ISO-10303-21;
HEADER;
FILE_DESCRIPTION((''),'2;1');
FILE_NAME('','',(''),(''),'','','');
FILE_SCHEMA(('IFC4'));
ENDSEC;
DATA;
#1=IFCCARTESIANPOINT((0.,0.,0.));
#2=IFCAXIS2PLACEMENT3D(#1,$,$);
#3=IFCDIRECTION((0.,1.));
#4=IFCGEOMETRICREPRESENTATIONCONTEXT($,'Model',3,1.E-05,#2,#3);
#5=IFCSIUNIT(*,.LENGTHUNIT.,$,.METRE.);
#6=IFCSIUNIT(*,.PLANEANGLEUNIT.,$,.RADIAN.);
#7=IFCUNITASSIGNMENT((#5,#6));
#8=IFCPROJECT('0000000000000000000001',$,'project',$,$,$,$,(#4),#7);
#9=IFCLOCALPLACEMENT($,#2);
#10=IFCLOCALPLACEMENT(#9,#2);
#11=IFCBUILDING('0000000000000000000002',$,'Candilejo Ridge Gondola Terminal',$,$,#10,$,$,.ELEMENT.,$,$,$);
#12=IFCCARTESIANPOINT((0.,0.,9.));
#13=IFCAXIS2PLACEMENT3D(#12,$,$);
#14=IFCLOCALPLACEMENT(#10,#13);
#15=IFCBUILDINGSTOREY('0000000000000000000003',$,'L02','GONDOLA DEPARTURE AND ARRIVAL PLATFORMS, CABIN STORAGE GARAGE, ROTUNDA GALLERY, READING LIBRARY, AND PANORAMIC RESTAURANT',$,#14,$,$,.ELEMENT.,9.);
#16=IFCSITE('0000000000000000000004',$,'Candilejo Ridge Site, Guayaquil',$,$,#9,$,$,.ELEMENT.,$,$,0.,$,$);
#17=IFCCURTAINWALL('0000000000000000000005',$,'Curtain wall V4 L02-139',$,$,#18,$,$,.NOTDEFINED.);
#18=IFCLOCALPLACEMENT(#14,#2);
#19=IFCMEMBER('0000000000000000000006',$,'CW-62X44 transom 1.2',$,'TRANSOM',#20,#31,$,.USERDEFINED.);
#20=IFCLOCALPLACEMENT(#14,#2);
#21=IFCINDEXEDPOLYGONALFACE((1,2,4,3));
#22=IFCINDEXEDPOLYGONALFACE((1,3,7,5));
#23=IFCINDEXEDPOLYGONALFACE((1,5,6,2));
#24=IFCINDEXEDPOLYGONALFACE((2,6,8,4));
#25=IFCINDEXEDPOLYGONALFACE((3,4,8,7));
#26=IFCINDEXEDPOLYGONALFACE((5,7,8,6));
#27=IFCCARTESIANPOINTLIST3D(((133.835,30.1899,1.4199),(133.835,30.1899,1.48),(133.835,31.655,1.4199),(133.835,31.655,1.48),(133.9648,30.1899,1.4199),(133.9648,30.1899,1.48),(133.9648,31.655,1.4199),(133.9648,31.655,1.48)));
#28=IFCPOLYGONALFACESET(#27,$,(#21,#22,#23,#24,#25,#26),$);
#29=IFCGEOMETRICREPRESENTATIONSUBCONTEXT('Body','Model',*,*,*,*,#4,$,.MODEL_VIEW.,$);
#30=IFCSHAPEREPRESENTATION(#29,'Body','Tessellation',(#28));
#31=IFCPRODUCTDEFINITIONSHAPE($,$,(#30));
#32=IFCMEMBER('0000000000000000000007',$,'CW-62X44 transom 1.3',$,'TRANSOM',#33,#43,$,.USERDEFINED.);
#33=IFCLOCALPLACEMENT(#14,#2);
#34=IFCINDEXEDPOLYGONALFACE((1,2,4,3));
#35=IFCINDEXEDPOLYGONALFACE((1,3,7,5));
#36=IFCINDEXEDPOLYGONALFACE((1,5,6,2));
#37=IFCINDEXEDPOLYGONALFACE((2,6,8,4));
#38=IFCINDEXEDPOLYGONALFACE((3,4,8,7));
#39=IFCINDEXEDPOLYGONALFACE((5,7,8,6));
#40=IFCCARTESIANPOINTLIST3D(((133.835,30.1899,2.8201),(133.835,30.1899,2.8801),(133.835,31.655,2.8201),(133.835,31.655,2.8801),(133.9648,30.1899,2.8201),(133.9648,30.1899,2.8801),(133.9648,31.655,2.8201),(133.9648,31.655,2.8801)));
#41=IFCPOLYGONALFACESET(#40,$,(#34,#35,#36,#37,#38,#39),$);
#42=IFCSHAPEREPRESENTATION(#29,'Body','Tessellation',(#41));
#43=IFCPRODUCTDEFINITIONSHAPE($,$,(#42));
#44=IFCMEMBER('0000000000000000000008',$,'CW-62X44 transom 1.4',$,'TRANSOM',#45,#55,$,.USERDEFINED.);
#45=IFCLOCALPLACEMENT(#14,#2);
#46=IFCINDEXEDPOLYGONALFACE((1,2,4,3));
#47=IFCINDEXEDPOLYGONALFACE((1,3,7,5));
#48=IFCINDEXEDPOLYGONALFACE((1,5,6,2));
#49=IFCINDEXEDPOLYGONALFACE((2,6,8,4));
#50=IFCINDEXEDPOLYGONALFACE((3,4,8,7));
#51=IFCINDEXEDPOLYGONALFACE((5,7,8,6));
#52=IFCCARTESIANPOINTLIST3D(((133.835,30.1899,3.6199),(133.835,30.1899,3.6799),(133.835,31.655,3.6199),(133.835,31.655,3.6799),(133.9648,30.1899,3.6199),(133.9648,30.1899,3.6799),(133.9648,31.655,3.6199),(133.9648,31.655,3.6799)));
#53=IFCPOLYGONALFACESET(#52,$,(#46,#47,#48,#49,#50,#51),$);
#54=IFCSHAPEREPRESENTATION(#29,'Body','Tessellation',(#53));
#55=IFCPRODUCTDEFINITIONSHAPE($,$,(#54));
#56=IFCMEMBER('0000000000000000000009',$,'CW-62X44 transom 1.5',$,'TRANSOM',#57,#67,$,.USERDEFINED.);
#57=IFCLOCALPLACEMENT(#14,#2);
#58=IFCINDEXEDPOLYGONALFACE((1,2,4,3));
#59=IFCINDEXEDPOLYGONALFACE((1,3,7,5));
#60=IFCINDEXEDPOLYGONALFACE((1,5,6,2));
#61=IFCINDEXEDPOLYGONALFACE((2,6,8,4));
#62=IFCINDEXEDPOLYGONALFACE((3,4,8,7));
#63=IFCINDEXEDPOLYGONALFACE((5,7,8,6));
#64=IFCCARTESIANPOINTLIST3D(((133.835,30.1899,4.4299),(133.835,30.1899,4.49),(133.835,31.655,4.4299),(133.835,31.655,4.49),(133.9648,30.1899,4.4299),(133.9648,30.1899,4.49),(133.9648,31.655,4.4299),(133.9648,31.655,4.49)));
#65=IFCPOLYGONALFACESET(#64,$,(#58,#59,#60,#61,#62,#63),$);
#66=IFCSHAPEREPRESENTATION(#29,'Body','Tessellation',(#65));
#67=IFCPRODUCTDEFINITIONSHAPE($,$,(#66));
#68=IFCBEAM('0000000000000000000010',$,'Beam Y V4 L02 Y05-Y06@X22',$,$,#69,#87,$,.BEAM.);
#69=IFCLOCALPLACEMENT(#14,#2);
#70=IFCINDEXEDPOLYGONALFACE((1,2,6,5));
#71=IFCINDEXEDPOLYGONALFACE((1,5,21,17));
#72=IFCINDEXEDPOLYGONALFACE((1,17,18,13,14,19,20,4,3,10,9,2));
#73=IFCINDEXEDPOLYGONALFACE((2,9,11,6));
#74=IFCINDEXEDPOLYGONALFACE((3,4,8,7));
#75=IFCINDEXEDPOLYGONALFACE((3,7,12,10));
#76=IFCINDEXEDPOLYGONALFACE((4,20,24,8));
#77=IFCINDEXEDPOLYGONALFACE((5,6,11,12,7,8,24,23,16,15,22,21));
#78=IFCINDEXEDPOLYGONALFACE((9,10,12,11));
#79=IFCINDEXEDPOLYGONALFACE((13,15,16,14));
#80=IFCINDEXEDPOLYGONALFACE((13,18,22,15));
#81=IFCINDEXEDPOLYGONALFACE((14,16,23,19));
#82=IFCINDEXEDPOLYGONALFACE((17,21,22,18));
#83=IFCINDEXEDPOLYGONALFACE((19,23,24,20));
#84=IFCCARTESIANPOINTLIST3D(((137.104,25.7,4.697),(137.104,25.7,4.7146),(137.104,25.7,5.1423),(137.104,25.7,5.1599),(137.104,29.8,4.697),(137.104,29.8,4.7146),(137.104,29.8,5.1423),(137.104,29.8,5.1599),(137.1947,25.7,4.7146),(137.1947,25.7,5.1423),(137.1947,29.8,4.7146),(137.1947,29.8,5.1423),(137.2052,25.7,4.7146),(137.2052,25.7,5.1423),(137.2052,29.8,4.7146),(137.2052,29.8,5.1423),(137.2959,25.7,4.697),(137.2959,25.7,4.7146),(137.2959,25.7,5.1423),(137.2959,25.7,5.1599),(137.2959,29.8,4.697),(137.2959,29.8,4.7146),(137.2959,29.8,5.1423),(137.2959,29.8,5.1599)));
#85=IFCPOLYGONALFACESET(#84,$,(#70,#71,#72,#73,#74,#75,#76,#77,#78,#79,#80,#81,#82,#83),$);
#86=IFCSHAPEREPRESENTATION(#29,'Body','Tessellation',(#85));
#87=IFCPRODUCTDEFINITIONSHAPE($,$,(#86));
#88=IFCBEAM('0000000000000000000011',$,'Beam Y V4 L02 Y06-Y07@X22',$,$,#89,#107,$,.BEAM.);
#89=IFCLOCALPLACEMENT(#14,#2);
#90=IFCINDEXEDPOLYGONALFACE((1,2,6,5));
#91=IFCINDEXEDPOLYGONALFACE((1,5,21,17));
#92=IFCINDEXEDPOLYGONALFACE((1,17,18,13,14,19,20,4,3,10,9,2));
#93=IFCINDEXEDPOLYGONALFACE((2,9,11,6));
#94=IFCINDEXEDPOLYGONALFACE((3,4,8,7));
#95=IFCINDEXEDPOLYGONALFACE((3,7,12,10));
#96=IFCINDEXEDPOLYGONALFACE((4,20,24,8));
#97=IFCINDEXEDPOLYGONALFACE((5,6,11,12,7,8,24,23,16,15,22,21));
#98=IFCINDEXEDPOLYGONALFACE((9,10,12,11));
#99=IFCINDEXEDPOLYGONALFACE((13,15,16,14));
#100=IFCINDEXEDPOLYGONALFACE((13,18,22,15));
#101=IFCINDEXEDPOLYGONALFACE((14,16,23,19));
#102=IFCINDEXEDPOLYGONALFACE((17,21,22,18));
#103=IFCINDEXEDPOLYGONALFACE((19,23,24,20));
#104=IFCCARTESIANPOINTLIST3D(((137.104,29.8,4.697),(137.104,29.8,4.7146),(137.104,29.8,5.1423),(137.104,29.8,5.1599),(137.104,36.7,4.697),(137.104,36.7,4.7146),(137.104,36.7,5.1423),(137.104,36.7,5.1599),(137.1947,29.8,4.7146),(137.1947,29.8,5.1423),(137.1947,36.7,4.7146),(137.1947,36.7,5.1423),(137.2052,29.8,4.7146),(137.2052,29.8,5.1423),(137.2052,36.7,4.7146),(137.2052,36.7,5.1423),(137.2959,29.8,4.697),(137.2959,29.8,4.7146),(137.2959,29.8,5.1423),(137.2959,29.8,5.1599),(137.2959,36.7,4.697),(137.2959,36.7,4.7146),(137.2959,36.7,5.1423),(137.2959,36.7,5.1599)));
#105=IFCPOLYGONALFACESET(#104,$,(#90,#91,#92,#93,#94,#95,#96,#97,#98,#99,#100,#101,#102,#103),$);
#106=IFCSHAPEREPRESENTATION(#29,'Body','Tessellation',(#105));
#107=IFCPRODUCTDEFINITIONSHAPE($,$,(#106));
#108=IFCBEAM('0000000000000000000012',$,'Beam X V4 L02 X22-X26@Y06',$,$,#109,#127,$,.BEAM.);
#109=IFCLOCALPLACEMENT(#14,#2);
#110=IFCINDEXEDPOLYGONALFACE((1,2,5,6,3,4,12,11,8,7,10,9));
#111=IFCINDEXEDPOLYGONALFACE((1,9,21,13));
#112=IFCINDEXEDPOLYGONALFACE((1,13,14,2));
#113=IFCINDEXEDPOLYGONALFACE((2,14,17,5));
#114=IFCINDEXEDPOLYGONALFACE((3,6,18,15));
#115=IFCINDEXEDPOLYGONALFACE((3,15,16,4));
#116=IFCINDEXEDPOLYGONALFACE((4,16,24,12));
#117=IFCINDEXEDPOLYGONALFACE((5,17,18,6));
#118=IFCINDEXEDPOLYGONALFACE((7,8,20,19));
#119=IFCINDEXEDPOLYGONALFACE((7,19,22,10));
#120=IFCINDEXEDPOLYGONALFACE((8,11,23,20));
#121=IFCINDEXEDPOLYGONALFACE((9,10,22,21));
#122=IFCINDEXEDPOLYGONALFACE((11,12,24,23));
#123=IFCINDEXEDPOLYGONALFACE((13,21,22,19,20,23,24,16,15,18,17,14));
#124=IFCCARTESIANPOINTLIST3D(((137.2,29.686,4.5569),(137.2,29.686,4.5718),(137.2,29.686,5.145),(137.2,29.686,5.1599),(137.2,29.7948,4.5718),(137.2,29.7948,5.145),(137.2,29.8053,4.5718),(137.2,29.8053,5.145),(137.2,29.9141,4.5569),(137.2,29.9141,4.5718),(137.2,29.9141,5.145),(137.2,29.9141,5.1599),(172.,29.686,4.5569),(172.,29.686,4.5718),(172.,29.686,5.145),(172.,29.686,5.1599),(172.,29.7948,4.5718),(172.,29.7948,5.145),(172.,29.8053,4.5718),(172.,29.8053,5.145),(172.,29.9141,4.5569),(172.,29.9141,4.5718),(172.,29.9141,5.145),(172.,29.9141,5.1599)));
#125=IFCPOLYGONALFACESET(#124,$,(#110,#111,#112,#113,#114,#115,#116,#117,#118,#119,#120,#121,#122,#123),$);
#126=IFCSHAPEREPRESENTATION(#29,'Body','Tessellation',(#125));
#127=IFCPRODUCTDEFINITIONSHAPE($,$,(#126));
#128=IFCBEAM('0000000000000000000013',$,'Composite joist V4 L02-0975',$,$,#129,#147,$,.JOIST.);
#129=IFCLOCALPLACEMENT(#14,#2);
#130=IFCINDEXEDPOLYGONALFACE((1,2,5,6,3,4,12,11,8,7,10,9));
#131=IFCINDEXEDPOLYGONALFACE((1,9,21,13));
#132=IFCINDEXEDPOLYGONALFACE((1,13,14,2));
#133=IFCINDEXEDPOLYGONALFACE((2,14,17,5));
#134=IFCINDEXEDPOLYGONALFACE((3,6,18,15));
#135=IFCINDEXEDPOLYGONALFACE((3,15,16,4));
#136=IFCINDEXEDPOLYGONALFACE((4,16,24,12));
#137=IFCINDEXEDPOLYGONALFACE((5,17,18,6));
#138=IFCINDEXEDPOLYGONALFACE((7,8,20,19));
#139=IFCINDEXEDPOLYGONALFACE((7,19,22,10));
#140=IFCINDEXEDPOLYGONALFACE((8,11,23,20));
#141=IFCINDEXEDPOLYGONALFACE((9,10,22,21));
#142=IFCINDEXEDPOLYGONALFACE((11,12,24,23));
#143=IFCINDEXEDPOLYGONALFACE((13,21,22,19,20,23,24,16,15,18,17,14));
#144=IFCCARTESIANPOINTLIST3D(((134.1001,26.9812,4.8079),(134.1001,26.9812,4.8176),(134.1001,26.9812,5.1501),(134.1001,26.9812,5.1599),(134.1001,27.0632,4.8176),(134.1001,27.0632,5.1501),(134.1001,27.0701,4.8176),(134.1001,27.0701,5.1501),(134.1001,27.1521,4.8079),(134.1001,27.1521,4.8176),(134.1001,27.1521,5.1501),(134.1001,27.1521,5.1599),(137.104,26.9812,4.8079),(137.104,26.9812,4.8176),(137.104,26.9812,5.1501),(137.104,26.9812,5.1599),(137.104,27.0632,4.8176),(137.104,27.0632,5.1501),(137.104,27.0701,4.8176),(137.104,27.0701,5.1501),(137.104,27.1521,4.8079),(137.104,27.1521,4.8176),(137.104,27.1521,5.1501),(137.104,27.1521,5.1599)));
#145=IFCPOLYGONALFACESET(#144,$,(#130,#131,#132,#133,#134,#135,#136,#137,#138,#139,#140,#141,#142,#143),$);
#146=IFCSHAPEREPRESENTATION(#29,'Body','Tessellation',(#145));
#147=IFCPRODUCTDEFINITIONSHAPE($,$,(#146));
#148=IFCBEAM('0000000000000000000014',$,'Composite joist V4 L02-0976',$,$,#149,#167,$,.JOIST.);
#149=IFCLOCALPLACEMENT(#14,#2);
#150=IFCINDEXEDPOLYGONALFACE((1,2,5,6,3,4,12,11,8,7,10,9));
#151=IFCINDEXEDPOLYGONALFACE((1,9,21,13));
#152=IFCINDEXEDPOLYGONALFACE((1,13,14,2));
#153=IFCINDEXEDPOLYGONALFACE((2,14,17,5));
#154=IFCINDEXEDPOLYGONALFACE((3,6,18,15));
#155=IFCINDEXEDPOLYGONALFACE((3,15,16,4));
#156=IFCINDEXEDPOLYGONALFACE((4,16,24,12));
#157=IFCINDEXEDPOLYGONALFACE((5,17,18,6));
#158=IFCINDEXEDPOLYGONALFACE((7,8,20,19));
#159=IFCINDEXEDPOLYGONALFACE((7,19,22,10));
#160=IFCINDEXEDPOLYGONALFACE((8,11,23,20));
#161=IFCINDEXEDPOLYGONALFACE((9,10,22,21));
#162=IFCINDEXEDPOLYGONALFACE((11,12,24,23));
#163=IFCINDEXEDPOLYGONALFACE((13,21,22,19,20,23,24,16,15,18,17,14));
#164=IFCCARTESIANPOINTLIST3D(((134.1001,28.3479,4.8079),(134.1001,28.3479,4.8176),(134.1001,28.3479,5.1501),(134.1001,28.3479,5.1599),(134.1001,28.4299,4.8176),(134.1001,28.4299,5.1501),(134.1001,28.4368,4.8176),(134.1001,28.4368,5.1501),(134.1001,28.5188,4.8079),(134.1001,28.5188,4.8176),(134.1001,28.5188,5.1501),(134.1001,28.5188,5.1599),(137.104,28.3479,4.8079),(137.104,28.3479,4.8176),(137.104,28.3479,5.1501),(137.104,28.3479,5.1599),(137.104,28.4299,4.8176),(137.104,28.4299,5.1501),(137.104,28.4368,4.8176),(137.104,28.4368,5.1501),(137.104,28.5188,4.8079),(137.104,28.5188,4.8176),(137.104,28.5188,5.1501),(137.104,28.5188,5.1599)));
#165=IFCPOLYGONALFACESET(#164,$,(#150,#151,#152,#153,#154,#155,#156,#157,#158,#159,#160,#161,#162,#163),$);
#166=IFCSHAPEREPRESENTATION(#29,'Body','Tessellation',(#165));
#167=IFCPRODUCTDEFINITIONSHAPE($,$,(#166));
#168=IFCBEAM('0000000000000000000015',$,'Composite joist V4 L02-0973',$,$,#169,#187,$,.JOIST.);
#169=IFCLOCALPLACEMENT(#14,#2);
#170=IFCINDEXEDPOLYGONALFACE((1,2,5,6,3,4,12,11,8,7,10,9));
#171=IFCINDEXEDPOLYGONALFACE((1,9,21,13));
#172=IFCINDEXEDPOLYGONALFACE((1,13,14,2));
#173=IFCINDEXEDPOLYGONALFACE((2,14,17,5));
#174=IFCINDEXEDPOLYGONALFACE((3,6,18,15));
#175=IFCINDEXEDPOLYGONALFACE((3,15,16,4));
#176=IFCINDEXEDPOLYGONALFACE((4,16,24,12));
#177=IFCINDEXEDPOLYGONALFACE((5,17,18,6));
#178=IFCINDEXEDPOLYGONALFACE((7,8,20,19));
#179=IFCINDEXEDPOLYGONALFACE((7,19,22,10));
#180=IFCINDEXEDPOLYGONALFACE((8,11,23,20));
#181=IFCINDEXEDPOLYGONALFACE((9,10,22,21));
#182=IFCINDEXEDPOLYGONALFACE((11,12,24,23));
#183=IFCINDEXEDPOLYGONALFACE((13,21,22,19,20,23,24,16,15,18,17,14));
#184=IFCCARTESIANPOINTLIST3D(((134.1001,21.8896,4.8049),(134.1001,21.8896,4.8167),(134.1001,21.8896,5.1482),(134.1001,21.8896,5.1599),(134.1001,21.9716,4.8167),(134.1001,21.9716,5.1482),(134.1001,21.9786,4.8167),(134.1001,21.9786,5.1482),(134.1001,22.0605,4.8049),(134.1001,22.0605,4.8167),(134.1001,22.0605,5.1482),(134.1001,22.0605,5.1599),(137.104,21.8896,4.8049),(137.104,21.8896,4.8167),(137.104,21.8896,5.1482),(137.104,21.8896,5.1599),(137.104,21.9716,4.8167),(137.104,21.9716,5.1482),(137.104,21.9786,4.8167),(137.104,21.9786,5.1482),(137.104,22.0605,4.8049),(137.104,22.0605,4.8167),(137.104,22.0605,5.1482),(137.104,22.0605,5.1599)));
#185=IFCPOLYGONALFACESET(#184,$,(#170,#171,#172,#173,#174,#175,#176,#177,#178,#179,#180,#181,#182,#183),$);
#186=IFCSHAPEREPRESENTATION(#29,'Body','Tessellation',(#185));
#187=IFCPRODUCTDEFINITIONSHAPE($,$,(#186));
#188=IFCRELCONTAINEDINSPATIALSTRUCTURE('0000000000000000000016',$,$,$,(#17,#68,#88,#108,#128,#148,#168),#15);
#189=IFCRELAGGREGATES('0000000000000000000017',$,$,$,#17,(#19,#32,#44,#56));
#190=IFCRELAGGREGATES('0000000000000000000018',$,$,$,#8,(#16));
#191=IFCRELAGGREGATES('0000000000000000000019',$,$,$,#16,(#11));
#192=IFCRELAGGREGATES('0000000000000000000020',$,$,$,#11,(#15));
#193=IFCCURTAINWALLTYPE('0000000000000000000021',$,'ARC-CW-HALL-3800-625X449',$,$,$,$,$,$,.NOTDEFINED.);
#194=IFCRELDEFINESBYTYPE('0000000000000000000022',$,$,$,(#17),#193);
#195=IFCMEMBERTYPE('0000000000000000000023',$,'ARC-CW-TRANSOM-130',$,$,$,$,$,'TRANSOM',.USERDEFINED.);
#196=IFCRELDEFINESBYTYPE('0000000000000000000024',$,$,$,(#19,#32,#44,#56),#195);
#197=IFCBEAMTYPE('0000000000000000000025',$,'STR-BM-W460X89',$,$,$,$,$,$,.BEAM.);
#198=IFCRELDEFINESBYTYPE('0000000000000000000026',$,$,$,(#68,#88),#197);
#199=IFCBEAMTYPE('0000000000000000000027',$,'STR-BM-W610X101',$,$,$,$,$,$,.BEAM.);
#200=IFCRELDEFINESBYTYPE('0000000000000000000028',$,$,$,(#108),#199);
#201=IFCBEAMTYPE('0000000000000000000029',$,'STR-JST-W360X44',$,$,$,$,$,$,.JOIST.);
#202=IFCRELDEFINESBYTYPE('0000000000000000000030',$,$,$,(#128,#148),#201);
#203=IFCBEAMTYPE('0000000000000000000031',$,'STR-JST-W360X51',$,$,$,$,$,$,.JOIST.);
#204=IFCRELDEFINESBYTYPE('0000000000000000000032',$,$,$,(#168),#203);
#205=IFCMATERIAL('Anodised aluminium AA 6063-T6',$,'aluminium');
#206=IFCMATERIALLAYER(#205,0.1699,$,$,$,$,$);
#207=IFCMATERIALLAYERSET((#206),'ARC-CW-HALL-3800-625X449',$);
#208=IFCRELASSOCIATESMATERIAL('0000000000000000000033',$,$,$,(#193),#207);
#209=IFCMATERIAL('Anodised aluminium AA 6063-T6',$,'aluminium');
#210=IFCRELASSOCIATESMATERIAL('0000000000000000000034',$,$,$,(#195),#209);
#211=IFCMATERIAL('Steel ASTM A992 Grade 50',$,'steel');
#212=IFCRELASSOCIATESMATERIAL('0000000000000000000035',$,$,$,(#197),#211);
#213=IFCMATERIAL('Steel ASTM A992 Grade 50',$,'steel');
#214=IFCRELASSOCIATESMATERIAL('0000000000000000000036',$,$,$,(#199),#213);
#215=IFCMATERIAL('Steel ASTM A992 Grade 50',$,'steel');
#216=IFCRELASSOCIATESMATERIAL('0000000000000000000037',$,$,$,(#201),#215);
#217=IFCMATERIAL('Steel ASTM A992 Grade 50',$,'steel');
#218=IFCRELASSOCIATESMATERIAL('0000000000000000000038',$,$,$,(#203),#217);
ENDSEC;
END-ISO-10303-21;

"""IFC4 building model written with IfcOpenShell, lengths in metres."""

from ifc_helpers import new_model, si_unit, direction, frame, origin, origin_2d, place, context, subcontext, project, spatial, rectangle, i_section, extrude, material, layer, layer_set, material_profile, profile_set, type_object, element, aggregate, save


model = new_model("IFC4")

# Units and contexts
model_context = context("Model", 3, precision=1e-05, world=origin(), true_north=direction((0.0, 1.0)))
body_context = subcontext(model_context, "Body", "Model", "MODEL_VIEW")
ifc_project = project(units=[si_unit("LENGTHUNIT", "METRE"), si_unit("PLANEANGLEUNIT", "RADIAN")], contexts=[model_context])

# Site, building, storey
site_placement = place(None, origin())
site = spatial("IfcSite", under=ifc_project, at=site_placement, Name="Candilejo Ridge Site, Guayaquil", CompositionType="ELEMENT", RefElevation=0.0)
building_placement = place(site_placement, origin())
building = spatial("IfcBuilding", under=site, at=building_placement, Name="Candilejo Ridge Gondola Terminal", CompositionType="ELEMENT")
storey_placement = place(building_placement, frame((0.0, 0.0, 9.0)))
storey = spatial("IfcBuildingStorey", under=building, at=storey_placement, Name="L02", Description="GONDOLA DEPARTURE AND ARRIVAL PLATFORMS, CABIN STORAGE GARAGE, ROTUNDA GALLERY, READING LIBRARY, AND PANORAMIC RESTAURANT", CompositionType="ELEMENT", Elevation=9.0)

# Curtain wall
ifc_material_1 = material(Name="Anodised aluminium AA 6063-T6", Category="aluminium")
ifc_layer_1 = layer(ifc_material_1, 0.1699)
ifc_layer_set_1 = layer_set([ifc_layer_1], Name="ARC-CW-HALL-3800-625X449")
curtain_wall_type_1 = type_object("IfcCurtainWallType", Name="ARC-CW-HALL-3800-625X449", PredefinedType="NOTDEFINED", material=ifc_layer_set_1)
curtain_wall_1_placement = place(storey_placement, origin())
curtain_wall_1 = element("IfcCurtainWall", 1, at=curtain_wall_1_placement, inside=storey, type_object=curtain_wall_type_1, Name="Curtain wall V4 L02-139", PredefinedType="NOTDEFINED")

# Members
ifc_material_2 = material(Name="Anodised aluminium AA 6063-T6", Category="aluminium")
ifc_material_profile_1 = material_profile(ifc_material_2, rectangle(XDim=0.1299, YDim=0.0601, at=origin_2d()))
ifc_profile_set_1 = profile_set([ifc_material_profile_1], Name="Anodised aluminium AA 6063-T6")
member_type_1 = type_object("IfcMemberType", Name="ARC-CW-TRANSOM-130", ElementType="TRANSOM", PredefinedType="USERDEFINED", material=ifc_profile_set_1)
member_1_placement = place(storey_placement, frame((133.8999, 30.1899, 1.45), z_axis=(0.0, 1.0, 0.0), x_axis=(-1.0, 0.0, 0.0)))
member_1 = element("IfcMember", 2, at=member_1_placement, type_object=member_type_1, Name="CW-62X44 transom 1.2", ObjectType="TRANSOM", PredefinedType="USERDEFINED", context=body_context, shape_type="SweptSolid", body=[
    extrude(rectangle(XDim=0.1299, YDim=0.0601, at=origin_2d()), origin(), (0.0, 0.0, 1.0), 1.4651),
])
member_2_placement = place(storey_placement, frame((133.8999, 30.1899, 2.8501), z_axis=(0.0, 1.0, 0.0), x_axis=(-1.0, 0.0, 0.0)))
member_2 = element("IfcMember", 3, at=member_2_placement, type_object=member_type_1, Name="CW-62X44 transom 1.3", ObjectType="TRANSOM", PredefinedType="USERDEFINED", context=body_context, shape_type="SweptSolid", body=[
    extrude(rectangle(XDim=0.1299, YDim=0.0601, at=origin_2d()), origin(), (0.0, 0.0, 1.0), 1.4651),
])
member_3_placement = place(storey_placement, frame((133.8999, 30.1899, 3.6499), z_axis=(0.0, 1.0, 0.0), x_axis=(-1.0, 0.0, 0.0)))
member_3 = element("IfcMember", 4, at=member_3_placement, type_object=member_type_1, Name="CW-62X44 transom 1.4", ObjectType="TRANSOM", PredefinedType="USERDEFINED", context=body_context, shape_type="SweptSolid", body=[
    extrude(rectangle(XDim=0.1299, YDim=0.0601, at=origin_2d()), origin(), (0.0, 0.0, 1.0), 1.4651),
])
member_4_placement = place(storey_placement, frame((133.8999, 30.1899, 4.46), z_axis=(0.0, 1.0, 0.0), x_axis=(-1.0, 0.0, 0.0)))
member_4 = element("IfcMember", 5, at=member_4_placement, type_object=member_type_1, Name="CW-62X44 transom 1.5", ObjectType="TRANSOM", PredefinedType="USERDEFINED", context=body_context, shape_type="SweptSolid", body=[
    extrude(rectangle(XDim=0.1299, YDim=0.0601, at=origin_2d()), origin(), (0.0, 0.0, 1.0), 1.4651),
])
aggregate(curtain_wall_1, [member_1, member_2, member_3, member_4])

# Beams
ifc_material_3 = material(Name="Steel ASTM A992 Grade 50", Category="steel")
ifc_material_profile_2 = material_profile(ifc_material_3, i_section(OverallWidth=0.1919, OverallDepth=0.4629, WebThickness=0.0105, FlangeThickness=0.0176, at=origin_2d()))
ifc_profile_set_2 = profile_set([ifc_material_profile_2], Name="Steel ASTM A992 Grade 50")
beam_type_1 = type_object("IfcBeamType", Name="STR-BM-W460X89", PredefinedType="BEAM", material=ifc_profile_set_2)
beam_1_placement = place(storey_placement, frame((137.2, 25.7, 4.9285), z_axis=(0.0, 1.0, 0.0), x_axis=(-1.0, 0.0, 0.0)))
element("IfcBeam", 6, at=beam_1_placement, inside=storey, type_object=beam_type_1, Name="Beam Y V4 L02 Y05-Y06@X22", PredefinedType="BEAM", context=body_context, shape_type="SweptSolid", body=[
    extrude(i_section(OverallWidth=0.1919, OverallDepth=0.4629, WebThickness=0.0105, FlangeThickness=0.0176, at=origin_2d()), origin(), (0.0, 0.0, 1.0), 4.1001),
])
beam_2_placement = place(storey_placement, frame((137.2, 29.8, 4.9285), z_axis=(0.0, 1.0, 0.0), x_axis=(-1.0, 0.0, 0.0)))
element("IfcBeam", 7, at=beam_2_placement, inside=storey, type_object=beam_type_1, Name="Beam Y V4 L02 Y06-Y07@X22", PredefinedType="BEAM", context=body_context, shape_type="SweptSolid", body=[
    extrude(i_section(OverallWidth=0.1919, OverallDepth=0.4629, WebThickness=0.0105, FlangeThickness=0.0176, at=origin_2d()), origin(), (0.0, 0.0, 1.0), 6.8999),
])
ifc_material_4 = material(Name="Steel ASTM A992 Grade 50", Category="steel")
ifc_material_profile_3 = material_profile(ifc_material_4, i_section(OverallWidth=0.228, OverallDepth=0.603, WebThickness=0.0105, FlangeThickness=0.0149, at=origin_2d()))
ifc_profile_set_3 = profile_set([ifc_material_profile_3], Name="Steel ASTM A992 Grade 50")
beam_type_2 = type_object("IfcBeamType", Name="STR-BM-W610X101", PredefinedType="BEAM", material=ifc_profile_set_3)
beam_3_placement = place(storey_placement, frame((137.2, 29.8, 4.8584), z_axis=(1.0, 0.0, 0.0), x_axis=(0.0, 1.0, 0.0)))
element("IfcBeam", 8, at=beam_3_placement, inside=storey, type_object=beam_type_2, Name="Beam X V4 L02 X22-X26@Y06", PredefinedType="BEAM", context=body_context, shape_type="SweptSolid", body=[
    extrude(i_section(OverallWidth=0.228, OverallDepth=0.603, WebThickness=0.0105, FlangeThickness=0.0149, at=origin_2d()), origin(), (0.0, 0.0, 1.0), 34.8),
])
ifc_material_5 = material(Name="Steel ASTM A992 Grade 50", Category="steel")
ifc_material_profile_4 = material_profile(ifc_material_5, i_section(OverallWidth=0.1709, OverallDepth=0.3521, WebThickness=0.0068, FlangeThickness=0.0098, at=origin_2d()))
ifc_profile_set_4 = profile_set([ifc_material_profile_4], Name="Steel ASTM A992 Grade 50")
beam_type_3 = type_object("IfcBeamType", Name="STR-JST-W360X44", PredefinedType="JOIST", material=ifc_profile_set_4)
for number, where, z_axis, x_axis, name in (
    (9, (134.1001, 27.0667, 4.9839), (1.0, 0.0, 0.0), (0.0, 1.0, 0.0), "Composite joist V4 L02-0975"),
    (10, (134.1001, 28.4333, 4.9839), (1.0, 0.0, 0.0), (0.0, 1.0, 0.0), "Composite joist V4 L02-0976"),
):
    element("IfcBeam", number, at=place(storey_placement, frame(where, z_axis=z_axis, x_axis=x_axis)), inside=storey, type_object=beam_type_3, Name=name, PredefinedType="JOIST", context=body_context, shape_type="SweptSolid", body=[
        extrude(i_section(OverallWidth=0.1709, OverallDepth=0.3521, WebThickness=0.0068, FlangeThickness=0.0098, at=origin_2d()), origin(), (0.0, 0.0, 1.0), 3.0039),
    ])
ifc_material_6 = material(Name="Steel ASTM A992 Grade 50", Category="steel")
ifc_material_profile_5 = material_profile(ifc_material_6, i_section(OverallWidth=0.1709, OverallDepth=0.355, WebThickness=0.0071, FlangeThickness=0.0117, at=origin_2d()))
ifc_profile_set_5 = profile_set([ifc_material_profile_5], Name="Steel ASTM A992 Grade 50")
beam_type_4 = type_object("IfcBeamType", Name="STR-JST-W360X51", PredefinedType="JOIST", material=ifc_profile_set_5)
for number, where, z_axis, x_axis, name in (
    (11, (134.1001, 21.9751, 4.9824), (1.0, 0.0, 0.0), (0.0, 1.0, 0.0), "Composite joist V4 L02-0973"),
):
    element("IfcBeam", number, at=place(storey_placement, frame(where, z_axis=z_axis, x_axis=x_axis)), inside=storey, type_object=beam_type_4, Name=name, PredefinedType="JOIST", context=body_context, shape_type="SweptSolid", body=[
        extrude(i_section(OverallWidth=0.1709, OverallDepth=0.355, WebThickness=0.0071, FlangeThickness=0.0117, at=origin_2d()), origin(), (0.0, 0.0, 1.0), 3.0039),
    ])

save(model, "model.ifc")
